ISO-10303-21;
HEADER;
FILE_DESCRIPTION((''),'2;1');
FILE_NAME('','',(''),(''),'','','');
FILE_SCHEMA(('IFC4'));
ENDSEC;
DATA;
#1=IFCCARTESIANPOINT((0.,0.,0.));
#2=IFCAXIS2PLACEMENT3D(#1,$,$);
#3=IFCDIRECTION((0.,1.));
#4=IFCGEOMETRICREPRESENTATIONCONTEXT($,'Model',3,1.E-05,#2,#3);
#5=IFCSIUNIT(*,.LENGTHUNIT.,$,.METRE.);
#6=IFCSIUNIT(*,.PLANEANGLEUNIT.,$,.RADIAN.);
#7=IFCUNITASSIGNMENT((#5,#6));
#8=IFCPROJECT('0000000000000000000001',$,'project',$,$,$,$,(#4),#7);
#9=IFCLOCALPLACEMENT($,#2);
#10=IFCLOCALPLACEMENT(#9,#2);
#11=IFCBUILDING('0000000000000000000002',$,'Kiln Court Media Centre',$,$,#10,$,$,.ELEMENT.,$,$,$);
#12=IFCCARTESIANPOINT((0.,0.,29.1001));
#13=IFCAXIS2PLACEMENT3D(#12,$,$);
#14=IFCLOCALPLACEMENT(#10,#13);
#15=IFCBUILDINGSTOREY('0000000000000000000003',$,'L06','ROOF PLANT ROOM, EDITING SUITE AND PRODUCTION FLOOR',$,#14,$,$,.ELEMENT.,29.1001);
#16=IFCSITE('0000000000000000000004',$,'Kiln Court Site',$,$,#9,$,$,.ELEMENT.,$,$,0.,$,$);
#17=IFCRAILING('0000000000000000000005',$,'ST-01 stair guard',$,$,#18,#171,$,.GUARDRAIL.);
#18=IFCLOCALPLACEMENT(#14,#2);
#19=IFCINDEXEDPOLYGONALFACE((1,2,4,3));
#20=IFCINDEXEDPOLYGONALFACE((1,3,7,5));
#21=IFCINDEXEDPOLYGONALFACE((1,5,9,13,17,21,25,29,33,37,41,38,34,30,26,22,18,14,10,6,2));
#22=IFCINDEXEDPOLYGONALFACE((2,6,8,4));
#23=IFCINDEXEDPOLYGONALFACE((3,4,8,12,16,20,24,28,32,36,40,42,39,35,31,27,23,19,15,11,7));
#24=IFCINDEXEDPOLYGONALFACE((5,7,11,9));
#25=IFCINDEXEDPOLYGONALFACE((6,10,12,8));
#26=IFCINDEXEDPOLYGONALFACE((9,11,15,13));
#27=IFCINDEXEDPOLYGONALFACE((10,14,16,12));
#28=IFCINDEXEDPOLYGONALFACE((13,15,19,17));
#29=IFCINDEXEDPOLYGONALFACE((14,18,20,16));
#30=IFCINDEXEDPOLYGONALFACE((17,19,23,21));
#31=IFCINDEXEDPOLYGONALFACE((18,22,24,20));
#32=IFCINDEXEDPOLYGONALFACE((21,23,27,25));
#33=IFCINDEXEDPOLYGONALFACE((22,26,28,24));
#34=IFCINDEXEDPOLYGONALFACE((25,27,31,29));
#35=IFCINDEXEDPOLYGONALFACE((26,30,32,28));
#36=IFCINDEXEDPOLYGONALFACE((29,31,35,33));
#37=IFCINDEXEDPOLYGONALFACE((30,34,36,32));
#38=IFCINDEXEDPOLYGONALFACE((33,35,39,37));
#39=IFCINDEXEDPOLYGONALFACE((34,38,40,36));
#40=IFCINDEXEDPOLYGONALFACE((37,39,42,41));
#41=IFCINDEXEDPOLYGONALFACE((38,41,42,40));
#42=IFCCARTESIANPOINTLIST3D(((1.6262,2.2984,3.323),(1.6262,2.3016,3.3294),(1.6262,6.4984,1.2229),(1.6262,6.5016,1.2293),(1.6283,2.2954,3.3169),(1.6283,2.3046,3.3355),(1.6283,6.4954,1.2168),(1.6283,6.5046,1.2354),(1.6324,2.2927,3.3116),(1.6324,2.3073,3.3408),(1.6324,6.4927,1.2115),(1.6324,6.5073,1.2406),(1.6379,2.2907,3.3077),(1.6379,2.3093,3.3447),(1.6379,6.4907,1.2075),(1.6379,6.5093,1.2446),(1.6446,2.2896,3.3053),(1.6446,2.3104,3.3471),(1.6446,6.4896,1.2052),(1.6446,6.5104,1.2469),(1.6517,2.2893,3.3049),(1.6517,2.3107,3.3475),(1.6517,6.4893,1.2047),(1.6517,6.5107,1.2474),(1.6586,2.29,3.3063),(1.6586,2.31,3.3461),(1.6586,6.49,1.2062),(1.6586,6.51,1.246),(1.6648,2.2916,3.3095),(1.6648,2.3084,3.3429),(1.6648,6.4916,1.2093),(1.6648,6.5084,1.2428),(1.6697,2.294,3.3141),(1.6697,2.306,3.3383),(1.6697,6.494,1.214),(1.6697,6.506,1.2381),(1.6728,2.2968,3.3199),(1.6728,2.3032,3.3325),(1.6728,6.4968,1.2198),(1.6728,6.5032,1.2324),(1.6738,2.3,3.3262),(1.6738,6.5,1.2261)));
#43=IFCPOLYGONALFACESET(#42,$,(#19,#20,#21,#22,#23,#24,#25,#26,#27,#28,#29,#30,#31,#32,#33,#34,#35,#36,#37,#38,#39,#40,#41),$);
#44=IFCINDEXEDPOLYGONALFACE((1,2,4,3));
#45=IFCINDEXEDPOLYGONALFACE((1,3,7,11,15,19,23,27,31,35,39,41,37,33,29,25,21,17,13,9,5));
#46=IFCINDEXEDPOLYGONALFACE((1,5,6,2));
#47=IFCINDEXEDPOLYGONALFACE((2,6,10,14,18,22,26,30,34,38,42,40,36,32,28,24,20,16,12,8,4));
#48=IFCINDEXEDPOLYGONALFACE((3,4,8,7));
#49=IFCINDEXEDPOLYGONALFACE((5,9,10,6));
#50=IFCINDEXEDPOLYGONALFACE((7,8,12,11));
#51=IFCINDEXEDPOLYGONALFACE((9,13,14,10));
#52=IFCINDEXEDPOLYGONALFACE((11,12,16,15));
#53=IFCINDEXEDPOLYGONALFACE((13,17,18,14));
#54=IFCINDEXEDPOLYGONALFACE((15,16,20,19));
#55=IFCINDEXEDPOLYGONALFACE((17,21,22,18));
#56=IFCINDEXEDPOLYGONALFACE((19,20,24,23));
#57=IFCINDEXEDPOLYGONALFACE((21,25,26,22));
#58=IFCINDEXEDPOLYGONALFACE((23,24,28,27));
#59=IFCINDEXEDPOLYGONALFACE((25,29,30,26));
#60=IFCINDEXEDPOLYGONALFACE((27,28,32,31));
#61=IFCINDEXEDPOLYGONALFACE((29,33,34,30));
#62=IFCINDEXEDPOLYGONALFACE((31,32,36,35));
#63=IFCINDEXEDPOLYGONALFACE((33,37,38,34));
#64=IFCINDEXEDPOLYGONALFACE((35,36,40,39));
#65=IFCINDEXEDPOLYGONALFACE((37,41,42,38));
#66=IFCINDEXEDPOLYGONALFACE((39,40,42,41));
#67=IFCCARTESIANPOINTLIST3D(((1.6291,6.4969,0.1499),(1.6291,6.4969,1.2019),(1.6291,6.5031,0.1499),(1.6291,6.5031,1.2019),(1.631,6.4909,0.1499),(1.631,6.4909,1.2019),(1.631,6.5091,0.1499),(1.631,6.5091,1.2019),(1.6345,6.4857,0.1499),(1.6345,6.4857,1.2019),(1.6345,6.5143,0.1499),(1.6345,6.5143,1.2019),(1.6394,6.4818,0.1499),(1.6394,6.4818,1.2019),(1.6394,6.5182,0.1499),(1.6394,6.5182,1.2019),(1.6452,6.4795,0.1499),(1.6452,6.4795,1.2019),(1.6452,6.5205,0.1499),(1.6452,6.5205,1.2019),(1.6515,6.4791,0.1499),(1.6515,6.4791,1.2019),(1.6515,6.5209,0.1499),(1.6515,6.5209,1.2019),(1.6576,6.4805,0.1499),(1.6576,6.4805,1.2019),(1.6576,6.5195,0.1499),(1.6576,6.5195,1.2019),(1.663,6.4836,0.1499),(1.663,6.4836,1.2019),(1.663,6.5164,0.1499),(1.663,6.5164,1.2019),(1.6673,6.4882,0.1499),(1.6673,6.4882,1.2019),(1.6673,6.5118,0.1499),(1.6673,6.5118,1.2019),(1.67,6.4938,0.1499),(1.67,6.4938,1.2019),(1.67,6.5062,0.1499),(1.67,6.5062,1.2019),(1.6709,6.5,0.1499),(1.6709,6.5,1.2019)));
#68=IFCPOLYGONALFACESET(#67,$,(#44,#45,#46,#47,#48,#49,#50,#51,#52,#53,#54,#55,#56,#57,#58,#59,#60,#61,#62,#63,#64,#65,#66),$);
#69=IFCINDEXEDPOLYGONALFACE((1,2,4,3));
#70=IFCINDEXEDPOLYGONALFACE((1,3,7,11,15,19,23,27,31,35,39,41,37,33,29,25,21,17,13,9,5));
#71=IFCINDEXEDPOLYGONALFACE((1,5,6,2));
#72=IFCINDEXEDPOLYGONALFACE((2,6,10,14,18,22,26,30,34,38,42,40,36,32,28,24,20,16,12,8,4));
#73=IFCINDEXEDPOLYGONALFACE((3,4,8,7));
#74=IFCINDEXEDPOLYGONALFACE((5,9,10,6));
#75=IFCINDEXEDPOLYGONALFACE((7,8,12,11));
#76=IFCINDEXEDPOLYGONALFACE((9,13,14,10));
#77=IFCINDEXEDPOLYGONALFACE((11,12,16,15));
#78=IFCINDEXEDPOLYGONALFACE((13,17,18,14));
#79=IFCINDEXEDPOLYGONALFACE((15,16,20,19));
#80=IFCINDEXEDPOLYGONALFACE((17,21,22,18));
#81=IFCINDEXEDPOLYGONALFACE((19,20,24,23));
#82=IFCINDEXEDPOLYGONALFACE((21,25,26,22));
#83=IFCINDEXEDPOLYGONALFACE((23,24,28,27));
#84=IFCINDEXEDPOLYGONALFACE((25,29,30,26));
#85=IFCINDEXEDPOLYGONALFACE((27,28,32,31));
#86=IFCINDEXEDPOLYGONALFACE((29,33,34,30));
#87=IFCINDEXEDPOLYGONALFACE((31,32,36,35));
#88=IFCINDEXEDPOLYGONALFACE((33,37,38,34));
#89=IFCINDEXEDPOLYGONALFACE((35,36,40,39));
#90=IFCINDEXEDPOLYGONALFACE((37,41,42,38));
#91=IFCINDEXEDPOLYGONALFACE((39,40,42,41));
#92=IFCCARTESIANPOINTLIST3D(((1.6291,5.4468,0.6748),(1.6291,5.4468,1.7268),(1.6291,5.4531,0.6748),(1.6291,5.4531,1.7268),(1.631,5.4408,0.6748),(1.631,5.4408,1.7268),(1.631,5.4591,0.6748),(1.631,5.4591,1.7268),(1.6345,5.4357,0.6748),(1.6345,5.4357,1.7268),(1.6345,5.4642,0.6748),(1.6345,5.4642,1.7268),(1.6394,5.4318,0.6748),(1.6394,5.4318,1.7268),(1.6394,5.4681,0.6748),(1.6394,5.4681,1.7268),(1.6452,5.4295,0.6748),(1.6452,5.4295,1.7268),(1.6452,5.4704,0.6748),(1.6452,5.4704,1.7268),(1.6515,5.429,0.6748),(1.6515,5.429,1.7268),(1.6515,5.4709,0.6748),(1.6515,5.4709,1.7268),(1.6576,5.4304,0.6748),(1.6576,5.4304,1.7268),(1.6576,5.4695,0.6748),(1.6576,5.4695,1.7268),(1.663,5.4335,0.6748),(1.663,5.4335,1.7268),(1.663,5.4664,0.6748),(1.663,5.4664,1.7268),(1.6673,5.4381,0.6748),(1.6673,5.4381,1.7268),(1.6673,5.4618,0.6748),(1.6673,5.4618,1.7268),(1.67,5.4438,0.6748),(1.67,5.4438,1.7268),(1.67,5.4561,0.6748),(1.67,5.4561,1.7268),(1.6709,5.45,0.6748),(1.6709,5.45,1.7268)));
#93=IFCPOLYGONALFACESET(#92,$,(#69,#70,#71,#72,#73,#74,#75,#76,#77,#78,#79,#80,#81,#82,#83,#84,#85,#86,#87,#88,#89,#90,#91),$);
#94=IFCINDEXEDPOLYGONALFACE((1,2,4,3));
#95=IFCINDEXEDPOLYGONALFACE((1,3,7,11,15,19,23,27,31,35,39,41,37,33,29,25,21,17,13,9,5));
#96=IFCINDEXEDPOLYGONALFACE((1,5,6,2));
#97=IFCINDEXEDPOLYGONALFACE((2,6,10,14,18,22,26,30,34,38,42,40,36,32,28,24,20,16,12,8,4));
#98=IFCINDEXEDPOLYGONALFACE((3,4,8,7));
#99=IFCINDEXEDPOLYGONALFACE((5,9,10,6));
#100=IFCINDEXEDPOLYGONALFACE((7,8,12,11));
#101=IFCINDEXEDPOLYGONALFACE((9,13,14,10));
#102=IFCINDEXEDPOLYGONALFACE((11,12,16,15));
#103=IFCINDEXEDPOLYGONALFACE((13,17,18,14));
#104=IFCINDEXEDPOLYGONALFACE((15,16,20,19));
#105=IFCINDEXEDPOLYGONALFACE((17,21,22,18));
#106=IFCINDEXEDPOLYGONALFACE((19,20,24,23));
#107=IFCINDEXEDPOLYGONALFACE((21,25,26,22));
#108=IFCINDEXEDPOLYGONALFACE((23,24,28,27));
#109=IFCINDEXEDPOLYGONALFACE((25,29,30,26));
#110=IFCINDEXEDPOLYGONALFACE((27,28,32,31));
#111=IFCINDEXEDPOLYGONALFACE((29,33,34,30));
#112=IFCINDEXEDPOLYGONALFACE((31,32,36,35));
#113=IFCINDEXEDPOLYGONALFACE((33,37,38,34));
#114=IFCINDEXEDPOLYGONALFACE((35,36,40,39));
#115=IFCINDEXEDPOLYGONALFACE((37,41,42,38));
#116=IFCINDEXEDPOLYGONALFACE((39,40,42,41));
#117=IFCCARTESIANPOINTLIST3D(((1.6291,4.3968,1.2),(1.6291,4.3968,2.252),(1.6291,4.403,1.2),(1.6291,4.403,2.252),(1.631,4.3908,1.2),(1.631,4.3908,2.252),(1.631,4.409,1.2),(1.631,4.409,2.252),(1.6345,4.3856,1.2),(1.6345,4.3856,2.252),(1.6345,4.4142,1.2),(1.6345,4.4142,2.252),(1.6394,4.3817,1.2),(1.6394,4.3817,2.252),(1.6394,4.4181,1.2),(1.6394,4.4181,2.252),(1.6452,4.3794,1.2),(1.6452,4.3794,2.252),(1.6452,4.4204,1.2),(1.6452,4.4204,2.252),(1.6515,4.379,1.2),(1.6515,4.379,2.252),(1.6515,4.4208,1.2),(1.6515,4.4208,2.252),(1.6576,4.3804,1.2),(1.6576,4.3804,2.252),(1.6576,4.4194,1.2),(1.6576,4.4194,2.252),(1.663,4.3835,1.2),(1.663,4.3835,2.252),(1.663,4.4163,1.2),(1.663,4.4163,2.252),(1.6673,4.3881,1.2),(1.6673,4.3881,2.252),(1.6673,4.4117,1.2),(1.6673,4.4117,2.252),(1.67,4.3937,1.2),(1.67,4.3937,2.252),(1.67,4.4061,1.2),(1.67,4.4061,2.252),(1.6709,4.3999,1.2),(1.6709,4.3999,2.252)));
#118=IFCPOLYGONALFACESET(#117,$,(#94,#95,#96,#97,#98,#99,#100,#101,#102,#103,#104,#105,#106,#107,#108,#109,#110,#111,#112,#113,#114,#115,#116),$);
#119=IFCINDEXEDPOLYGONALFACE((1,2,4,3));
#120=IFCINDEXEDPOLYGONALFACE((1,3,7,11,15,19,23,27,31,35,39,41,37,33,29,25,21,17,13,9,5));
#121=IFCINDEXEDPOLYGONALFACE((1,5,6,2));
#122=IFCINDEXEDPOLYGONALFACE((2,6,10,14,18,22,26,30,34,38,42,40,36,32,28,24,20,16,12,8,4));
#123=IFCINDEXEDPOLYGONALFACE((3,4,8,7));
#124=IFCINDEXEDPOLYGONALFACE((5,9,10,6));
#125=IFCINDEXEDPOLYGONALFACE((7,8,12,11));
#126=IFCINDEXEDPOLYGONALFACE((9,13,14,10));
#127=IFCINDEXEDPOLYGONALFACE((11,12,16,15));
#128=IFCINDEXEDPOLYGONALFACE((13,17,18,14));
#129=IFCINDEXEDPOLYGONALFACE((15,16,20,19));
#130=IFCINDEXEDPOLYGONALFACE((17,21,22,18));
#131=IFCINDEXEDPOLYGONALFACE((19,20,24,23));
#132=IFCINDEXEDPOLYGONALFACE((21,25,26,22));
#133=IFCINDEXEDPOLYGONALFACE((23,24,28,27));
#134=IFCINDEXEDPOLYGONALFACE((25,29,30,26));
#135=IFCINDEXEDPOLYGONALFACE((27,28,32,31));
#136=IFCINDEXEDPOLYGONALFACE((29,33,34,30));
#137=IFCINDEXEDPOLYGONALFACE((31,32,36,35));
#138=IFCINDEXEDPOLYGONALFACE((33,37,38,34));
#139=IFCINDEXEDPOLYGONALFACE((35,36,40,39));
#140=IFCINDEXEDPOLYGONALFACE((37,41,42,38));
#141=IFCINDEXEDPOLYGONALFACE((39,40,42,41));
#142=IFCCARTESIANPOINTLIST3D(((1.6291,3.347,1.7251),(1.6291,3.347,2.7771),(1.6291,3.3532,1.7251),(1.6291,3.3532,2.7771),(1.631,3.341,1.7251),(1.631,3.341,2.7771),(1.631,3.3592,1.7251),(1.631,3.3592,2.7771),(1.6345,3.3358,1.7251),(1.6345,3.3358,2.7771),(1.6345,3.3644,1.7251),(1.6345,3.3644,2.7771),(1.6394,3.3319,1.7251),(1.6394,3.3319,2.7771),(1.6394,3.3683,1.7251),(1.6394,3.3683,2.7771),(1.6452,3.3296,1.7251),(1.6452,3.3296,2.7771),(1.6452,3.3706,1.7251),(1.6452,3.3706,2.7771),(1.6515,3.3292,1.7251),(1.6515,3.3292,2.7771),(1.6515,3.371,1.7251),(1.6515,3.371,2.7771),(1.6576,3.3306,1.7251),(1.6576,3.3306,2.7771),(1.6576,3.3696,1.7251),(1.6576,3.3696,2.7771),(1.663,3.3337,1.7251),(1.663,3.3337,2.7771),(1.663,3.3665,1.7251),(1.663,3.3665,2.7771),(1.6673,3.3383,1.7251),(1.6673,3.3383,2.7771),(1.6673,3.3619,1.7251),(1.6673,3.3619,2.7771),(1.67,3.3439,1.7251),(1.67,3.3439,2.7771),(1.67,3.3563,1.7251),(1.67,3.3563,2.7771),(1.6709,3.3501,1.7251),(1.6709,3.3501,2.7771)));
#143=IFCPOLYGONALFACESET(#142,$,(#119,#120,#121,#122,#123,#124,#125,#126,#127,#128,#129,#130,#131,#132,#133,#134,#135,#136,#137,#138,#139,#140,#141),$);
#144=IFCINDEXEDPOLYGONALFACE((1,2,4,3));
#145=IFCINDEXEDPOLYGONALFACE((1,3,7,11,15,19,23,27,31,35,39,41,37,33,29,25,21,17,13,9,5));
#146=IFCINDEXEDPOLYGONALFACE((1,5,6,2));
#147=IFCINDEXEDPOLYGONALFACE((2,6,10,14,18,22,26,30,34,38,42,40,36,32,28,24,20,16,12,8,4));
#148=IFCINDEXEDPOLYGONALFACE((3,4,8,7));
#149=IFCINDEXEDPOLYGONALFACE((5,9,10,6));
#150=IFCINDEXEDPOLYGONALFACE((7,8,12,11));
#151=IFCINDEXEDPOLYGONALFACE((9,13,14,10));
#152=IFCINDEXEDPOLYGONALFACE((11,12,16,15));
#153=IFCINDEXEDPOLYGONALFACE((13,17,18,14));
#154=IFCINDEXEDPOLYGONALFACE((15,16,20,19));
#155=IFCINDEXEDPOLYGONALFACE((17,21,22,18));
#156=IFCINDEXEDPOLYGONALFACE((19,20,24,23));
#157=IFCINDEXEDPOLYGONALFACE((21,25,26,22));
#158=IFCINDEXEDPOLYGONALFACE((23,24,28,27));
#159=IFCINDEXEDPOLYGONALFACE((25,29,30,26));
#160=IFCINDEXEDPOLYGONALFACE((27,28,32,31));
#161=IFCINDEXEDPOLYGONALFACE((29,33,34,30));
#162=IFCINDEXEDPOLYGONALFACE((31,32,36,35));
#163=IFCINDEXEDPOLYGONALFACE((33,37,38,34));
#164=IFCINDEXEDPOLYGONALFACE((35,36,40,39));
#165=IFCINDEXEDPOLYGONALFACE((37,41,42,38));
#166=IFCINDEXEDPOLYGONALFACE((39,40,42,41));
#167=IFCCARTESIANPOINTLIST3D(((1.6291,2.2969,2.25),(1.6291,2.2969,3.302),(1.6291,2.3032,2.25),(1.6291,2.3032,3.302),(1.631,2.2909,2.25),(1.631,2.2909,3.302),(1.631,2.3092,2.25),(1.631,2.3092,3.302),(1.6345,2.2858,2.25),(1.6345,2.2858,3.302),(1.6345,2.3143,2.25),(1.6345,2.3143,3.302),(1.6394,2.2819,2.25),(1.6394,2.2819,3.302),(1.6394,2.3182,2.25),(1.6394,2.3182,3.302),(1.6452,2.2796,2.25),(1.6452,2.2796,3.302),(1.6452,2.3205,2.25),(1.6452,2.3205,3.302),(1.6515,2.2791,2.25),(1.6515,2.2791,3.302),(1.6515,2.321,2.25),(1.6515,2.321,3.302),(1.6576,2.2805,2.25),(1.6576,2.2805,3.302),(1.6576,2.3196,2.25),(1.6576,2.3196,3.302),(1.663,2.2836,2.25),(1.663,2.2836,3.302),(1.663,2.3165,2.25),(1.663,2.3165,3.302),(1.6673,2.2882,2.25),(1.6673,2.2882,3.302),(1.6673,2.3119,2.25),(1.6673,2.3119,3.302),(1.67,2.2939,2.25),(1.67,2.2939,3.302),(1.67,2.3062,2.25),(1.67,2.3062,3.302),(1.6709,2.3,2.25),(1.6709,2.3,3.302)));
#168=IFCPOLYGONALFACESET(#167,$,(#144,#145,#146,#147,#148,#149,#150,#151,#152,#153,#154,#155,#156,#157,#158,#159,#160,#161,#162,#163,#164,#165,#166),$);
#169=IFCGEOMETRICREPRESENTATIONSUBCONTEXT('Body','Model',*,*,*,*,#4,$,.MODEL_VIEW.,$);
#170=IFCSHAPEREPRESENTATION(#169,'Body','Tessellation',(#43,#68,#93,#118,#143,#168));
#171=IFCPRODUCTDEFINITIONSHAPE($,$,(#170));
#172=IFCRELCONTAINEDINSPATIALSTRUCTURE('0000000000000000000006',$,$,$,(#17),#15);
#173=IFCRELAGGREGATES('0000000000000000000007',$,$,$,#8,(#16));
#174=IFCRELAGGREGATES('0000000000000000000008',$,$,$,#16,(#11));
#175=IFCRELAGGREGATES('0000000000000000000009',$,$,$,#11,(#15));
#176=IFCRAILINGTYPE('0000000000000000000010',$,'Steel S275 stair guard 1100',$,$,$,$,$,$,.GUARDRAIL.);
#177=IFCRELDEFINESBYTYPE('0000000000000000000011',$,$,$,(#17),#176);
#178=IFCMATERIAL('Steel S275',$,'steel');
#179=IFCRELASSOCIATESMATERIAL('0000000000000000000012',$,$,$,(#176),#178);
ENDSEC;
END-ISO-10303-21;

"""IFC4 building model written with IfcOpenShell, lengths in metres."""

from ifc_helpers import new_model, si_unit, direction, frame, origin, origin_2d, place, context, subcontext, project, spatial, circle, extrude, material, type_object, element, save


model = new_model("IFC4")

# Units and contexts
model_context = context("Model", 3, precision=1e-05, world=origin(), true_north=direction((0.0, 1.0)))
body_context = subcontext(model_context, "Body", "Model", "MODEL_VIEW")
ifc_project = project(units=[si_unit("LENGTHUNIT", "METRE"), si_unit("PLANEANGLEUNIT", "RADIAN")], contexts=[model_context])

# Site, building, storey
site_placement = place(None, origin())
site = spatial("IfcSite", under=ifc_project, at=site_placement, Name="Kiln Court Site", CompositionType="ELEMENT", RefElevation=0.0)
building_placement = place(site_placement, origin())
building = spatial("IfcBuilding", under=site, at=building_placement, Name="Kiln Court Media Centre", CompositionType="ELEMENT")
storey_placement = place(building_placement, frame((0.0, 0.0, 29.1001)))
storey = spatial("IfcBuildingStorey", under=building, at=storey_placement, Name="L06", Description="ROOF PLANT ROOM, EDITING SUITE AND PRODUCTION FLOOR", CompositionType="ELEMENT", Elevation=29.1001)

# Railing
ifc_material_1 = material(Name="Steel S275", Category="steel")
railing_type_1 = type_object("IfcRailingType", Name="Steel S275 stair guard 1100", PredefinedType="GUARDRAIL", material=ifc_material_1)
railing_1_placement = place(storey_placement, frame((1.6499, 6.5, 0.1499)))
element("IfcRailing", 1, at=railing_1_placement, inside=storey, type_object=railing_type_1, Name="ST-01 stair guard", PredefinedType="GUARDRAIL", context=body_context, shape_type="SweptSolid", body=[
    extrude(circle(Radius=0.0239, at=origin_2d()), frame((0.0, 0.0, 1.0762), z_axis=(0.0, -0.894417, 0.447234), x_axis=(1.0, 0.0, 0.0)), (0.0, 0.0, 1.0), 4.6958),
    extrude(circle(Radius=0.021, at=origin_2d()), origin(), (0.0, 0.0, 1.0), 1.052),
    extrude(circle(Radius=0.021, at=origin_2d()), frame((0.0, -1.05, 0.5249)), (0.0, 0.0, 1.0), 1.052),
    extrude(circle(Radius=0.021, at=origin_2d()), frame((0.0, -2.1001, 1.05)), (0.0, 0.0, 1.0), 1.052),
    extrude(circle(Radius=0.021, at=origin_2d()), frame((0.0, -3.1499, 1.5752)), (0.0, 0.0, 1.0), 1.052),
    extrude(circle(Radius=0.021, at=origin_2d()), frame((0.0, -4.2, 2.1001)), (0.0, 0.0, 1.0), 1.052),
])

save(model, "model.ifc")
